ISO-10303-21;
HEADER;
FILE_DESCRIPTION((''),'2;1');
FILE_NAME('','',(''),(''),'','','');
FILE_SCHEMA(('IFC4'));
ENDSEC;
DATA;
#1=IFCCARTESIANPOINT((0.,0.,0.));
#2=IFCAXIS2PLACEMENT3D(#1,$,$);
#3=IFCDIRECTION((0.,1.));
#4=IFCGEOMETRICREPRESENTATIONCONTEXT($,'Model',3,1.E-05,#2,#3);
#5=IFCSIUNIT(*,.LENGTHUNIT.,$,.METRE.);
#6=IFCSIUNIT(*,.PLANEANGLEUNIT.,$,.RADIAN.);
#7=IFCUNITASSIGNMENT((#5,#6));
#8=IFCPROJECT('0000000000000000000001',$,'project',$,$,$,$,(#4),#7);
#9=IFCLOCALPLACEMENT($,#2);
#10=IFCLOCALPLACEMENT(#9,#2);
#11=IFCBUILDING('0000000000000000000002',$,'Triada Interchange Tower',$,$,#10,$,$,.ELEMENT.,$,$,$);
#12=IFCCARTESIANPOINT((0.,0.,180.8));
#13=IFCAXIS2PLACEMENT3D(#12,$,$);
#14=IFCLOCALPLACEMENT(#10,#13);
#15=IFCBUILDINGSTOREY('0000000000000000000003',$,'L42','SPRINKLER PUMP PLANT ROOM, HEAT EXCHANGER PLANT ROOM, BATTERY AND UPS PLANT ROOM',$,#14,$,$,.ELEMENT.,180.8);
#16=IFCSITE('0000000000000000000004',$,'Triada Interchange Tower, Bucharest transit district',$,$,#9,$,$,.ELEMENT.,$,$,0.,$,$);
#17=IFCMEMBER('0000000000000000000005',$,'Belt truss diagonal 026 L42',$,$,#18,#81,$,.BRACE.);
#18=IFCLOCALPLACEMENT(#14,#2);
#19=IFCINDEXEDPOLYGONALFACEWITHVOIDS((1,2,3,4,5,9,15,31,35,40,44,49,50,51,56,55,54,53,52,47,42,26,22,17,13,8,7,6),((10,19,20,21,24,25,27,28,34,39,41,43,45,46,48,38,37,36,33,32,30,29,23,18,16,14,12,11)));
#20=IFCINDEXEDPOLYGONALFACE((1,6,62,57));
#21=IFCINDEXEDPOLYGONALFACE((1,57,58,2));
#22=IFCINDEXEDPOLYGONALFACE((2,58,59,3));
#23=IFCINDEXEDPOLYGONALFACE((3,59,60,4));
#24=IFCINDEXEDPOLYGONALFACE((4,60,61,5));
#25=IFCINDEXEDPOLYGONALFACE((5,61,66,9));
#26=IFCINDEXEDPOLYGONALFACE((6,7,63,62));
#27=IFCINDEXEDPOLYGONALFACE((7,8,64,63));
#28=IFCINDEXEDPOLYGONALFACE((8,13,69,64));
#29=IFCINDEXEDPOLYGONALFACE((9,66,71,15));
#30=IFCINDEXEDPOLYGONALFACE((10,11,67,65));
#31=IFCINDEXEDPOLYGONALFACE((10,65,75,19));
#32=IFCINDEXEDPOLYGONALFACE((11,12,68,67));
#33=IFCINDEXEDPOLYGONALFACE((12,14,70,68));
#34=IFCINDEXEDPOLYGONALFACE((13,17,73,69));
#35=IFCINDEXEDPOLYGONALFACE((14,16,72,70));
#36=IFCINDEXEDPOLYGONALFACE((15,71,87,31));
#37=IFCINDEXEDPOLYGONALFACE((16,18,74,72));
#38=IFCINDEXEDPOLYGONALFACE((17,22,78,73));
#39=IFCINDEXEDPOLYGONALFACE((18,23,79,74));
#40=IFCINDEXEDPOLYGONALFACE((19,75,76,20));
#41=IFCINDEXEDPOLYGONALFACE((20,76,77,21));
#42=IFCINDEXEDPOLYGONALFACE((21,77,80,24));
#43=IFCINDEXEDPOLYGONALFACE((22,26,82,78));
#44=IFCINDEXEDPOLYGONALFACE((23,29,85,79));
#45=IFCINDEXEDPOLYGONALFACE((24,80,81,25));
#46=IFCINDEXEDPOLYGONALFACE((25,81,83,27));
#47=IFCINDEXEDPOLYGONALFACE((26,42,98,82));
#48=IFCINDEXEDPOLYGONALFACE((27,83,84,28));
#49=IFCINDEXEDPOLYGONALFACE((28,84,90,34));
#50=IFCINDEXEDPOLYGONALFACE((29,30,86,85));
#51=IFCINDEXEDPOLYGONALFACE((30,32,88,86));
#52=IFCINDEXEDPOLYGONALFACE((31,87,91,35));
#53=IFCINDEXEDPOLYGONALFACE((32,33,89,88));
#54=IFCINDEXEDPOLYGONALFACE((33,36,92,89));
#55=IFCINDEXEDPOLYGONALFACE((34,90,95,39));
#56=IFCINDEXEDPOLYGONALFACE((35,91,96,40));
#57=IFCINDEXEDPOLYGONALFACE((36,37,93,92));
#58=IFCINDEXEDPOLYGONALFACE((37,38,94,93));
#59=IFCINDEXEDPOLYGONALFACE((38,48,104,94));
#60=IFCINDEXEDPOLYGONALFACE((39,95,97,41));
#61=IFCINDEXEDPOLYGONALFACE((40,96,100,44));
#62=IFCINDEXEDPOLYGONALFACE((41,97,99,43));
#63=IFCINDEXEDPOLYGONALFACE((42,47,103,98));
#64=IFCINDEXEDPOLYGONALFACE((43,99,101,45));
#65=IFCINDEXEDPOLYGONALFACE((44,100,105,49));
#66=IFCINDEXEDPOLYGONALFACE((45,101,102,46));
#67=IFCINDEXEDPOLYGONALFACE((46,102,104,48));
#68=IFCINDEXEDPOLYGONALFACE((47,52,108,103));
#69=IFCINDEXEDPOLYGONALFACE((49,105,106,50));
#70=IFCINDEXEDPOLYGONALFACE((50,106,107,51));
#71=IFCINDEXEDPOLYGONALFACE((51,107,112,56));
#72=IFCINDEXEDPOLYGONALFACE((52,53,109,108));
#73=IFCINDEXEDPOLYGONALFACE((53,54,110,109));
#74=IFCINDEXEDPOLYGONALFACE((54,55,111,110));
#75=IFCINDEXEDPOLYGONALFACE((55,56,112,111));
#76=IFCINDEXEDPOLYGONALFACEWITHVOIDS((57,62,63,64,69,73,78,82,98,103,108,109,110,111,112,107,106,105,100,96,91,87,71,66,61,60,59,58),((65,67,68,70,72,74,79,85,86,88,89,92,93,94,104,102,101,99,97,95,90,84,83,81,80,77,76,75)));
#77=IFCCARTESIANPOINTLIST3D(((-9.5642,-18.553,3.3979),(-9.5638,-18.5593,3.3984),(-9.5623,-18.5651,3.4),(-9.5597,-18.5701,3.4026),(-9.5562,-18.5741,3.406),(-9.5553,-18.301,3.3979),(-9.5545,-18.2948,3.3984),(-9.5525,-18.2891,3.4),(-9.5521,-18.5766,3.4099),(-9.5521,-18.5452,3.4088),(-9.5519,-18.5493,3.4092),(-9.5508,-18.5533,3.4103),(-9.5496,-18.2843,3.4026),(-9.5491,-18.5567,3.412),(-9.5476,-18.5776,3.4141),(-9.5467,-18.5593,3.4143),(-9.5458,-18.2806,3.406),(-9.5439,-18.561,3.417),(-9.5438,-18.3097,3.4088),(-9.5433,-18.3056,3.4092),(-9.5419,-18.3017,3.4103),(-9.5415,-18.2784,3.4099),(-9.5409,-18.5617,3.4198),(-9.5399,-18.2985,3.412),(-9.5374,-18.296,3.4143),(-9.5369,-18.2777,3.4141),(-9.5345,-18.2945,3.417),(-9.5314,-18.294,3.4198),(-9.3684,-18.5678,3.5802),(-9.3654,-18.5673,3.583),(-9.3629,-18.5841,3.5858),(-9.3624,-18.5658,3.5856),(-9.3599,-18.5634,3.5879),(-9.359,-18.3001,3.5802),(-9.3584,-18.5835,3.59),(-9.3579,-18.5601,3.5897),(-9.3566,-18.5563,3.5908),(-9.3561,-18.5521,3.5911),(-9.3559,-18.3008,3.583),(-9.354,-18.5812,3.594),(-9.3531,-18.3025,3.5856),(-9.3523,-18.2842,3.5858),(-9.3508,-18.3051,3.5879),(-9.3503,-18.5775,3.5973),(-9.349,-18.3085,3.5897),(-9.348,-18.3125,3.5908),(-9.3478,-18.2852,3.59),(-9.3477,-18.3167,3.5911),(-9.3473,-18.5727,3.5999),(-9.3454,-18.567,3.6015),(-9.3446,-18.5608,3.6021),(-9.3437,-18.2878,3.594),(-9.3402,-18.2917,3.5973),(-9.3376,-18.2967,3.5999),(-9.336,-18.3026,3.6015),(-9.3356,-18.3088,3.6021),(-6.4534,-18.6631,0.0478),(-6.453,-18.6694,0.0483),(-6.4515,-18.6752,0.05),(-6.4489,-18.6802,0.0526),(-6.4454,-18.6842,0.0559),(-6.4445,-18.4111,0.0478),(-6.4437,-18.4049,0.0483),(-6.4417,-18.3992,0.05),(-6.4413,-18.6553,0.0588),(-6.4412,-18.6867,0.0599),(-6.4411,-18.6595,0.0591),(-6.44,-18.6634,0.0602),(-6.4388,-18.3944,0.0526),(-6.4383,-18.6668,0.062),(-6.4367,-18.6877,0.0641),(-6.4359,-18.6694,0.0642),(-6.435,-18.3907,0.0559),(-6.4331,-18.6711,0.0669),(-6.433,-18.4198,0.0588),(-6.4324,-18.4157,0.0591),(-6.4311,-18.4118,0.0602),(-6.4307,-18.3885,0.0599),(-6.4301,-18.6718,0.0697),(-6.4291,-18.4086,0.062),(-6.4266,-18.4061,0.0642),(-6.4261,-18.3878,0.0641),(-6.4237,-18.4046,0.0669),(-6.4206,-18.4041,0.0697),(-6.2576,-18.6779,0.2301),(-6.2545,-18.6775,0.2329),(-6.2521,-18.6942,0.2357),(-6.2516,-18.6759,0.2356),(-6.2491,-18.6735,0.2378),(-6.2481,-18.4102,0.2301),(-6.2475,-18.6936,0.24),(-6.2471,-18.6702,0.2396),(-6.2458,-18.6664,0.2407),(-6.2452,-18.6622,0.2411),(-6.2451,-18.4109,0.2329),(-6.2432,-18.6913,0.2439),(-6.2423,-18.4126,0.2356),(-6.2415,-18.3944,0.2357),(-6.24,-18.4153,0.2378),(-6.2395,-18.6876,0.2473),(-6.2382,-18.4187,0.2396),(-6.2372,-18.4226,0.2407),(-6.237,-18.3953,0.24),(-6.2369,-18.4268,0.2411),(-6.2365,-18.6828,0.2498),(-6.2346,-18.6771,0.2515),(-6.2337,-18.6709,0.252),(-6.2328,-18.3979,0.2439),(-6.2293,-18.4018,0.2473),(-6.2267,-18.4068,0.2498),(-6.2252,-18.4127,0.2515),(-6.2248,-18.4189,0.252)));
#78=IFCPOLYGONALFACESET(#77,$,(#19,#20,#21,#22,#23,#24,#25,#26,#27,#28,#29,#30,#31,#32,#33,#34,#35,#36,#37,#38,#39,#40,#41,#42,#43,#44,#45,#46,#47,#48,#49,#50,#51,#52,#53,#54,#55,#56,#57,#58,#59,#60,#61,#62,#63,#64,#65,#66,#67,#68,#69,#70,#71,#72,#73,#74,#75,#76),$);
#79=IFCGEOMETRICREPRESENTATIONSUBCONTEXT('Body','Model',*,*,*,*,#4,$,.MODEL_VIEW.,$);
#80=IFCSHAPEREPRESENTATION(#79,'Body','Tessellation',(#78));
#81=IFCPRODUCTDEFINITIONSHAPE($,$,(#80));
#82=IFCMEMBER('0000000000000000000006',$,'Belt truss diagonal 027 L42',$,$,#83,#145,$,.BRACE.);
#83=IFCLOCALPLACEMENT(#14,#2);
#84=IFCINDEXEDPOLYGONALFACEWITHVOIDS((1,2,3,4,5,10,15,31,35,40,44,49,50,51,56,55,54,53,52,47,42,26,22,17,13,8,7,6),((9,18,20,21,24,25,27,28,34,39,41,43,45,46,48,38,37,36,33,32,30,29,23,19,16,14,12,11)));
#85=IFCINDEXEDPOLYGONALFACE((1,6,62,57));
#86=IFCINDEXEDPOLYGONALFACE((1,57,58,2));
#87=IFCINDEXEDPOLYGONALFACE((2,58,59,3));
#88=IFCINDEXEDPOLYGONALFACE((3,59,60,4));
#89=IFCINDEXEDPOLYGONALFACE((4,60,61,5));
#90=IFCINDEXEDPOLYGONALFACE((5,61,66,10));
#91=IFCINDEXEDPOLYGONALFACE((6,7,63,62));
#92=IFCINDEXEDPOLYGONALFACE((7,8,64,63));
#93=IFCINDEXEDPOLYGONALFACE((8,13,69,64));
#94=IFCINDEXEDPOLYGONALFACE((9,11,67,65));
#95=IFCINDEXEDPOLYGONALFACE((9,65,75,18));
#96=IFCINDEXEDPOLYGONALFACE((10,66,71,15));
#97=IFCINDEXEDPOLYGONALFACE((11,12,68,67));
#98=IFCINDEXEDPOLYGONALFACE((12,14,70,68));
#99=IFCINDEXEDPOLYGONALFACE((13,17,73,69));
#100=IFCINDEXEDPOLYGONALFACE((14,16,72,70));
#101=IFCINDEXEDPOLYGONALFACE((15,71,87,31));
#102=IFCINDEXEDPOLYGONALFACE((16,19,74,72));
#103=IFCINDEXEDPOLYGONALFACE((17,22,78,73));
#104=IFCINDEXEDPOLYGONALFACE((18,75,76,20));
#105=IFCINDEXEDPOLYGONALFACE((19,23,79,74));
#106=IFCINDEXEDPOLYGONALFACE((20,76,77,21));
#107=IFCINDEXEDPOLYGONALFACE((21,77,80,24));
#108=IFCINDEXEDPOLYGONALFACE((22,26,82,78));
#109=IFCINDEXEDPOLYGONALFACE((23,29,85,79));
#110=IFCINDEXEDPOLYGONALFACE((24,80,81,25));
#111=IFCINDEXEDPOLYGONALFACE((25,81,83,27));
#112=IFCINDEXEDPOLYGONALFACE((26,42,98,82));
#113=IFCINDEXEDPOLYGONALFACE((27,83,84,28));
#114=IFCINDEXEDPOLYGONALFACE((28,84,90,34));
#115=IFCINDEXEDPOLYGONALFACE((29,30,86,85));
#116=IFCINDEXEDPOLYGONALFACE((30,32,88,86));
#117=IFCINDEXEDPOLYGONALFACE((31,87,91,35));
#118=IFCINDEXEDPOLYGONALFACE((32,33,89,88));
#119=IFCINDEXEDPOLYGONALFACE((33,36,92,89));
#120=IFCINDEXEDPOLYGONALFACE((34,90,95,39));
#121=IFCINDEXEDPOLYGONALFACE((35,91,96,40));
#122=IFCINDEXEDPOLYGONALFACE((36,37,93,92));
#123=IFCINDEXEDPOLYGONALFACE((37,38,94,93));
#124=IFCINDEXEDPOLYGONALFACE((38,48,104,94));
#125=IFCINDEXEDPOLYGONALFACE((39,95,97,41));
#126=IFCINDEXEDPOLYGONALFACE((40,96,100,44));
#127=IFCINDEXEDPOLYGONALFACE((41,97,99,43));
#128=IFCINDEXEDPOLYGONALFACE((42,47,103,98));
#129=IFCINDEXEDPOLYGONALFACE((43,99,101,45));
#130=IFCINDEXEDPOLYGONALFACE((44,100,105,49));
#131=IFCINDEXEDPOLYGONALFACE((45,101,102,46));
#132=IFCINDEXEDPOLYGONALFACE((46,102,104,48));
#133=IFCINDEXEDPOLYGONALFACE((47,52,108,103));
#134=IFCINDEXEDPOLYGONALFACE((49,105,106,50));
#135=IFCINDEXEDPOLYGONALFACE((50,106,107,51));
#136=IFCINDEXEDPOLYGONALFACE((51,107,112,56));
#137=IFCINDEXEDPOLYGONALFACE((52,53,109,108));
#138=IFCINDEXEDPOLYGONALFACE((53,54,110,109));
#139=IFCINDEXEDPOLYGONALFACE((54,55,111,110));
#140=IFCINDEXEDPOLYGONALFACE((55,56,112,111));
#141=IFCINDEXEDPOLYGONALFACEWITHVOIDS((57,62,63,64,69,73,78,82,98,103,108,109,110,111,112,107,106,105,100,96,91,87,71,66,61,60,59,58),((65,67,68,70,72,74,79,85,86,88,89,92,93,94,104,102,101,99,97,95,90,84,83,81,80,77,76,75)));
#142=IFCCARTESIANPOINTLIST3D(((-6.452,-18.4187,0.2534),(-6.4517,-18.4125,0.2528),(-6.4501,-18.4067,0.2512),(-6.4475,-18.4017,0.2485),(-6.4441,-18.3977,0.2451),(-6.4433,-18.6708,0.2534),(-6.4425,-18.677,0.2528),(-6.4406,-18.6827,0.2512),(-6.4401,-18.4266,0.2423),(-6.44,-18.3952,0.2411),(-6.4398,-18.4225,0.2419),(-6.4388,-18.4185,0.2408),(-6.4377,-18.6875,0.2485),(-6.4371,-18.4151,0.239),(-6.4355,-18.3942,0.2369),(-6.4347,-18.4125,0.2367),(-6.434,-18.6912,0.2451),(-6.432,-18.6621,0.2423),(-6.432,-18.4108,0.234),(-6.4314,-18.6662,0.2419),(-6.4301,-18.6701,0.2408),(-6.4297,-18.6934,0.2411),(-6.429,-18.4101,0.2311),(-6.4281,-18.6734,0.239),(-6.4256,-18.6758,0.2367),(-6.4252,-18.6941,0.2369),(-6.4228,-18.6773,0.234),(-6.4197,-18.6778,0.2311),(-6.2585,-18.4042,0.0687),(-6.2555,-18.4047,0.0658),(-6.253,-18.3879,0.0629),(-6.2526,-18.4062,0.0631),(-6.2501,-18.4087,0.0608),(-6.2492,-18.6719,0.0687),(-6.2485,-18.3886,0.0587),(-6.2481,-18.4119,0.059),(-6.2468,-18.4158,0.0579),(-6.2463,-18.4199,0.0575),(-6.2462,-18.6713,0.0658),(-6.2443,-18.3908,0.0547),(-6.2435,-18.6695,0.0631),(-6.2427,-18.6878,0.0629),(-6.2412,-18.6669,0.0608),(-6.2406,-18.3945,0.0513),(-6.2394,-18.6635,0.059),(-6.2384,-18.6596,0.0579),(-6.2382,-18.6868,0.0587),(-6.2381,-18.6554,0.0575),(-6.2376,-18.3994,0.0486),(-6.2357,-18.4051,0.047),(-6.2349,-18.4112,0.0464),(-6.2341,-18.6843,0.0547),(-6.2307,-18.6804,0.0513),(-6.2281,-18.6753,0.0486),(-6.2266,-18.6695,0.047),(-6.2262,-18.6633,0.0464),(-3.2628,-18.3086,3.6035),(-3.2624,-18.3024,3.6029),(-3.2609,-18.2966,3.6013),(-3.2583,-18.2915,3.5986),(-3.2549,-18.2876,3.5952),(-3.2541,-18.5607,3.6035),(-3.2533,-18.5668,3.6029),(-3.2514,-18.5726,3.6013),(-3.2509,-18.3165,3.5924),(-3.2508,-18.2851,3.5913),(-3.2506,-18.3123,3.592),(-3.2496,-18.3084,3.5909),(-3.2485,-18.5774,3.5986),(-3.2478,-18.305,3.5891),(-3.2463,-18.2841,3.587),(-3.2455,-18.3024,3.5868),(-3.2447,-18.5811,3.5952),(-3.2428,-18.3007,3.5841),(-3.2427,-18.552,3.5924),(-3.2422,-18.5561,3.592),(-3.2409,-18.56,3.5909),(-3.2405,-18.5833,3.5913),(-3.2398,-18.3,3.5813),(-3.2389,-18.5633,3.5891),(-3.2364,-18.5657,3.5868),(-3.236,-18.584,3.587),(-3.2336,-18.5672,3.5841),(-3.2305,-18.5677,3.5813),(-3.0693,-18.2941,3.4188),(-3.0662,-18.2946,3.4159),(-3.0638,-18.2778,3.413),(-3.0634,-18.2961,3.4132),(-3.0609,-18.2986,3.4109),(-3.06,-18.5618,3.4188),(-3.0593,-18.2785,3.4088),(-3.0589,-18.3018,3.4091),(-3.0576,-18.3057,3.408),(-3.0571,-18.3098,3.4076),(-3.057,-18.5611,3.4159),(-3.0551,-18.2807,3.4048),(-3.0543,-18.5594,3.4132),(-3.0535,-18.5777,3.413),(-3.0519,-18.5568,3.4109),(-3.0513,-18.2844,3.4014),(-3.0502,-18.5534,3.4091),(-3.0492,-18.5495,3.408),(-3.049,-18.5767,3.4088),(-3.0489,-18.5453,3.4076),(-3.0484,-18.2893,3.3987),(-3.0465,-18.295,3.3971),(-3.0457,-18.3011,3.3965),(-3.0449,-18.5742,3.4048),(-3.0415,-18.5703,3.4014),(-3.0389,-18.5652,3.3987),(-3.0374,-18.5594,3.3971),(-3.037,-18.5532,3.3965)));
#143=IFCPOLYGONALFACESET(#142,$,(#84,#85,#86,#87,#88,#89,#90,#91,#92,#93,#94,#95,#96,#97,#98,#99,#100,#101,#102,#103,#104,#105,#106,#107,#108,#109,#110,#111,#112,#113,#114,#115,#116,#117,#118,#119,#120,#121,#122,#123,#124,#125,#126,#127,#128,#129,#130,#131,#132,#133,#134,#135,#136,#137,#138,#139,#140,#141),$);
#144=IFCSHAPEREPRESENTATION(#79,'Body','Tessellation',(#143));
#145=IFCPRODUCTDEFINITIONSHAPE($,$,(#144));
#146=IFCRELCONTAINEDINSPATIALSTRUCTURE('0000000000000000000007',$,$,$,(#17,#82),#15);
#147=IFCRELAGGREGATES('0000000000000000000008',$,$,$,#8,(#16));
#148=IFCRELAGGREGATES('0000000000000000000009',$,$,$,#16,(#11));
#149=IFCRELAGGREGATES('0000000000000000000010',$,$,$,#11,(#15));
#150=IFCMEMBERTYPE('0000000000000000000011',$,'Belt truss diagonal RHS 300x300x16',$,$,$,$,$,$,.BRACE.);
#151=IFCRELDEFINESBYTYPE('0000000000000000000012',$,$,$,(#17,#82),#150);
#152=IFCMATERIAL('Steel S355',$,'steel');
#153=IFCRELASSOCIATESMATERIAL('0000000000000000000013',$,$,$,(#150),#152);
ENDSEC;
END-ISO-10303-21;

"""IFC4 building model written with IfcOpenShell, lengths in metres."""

from ifc_helpers import new_model, si_unit, direction, frame, origin, origin_2d, place, context, subcontext, project, spatial, hollow_rectangle, extrude, material, material_profile, profile_set, type_object, element, save


model = new_model("IFC4")

# Units and contexts
model_context = context("Model", 3, precision=1e-05, world=origin(), true_north=direction((0.0, 1.0)))
body_context = subcontext(model_context, "Body", "Model", "MODEL_VIEW")
ifc_project = project(units=[si_unit("LENGTHUNIT", "METRE"), si_unit("PLANEANGLEUNIT", "RADIAN")], contexts=[model_context])

# Site, building, storey
site_placement = place(None, origin())
site = spatial("IfcSite", under=ifc_project, at=site_placement, Name="Triada Interchange Tower, Bucharest transit district", CompositionType="ELEMENT", RefElevation=0.0)
building_placement = place(site_placement, origin())
building = spatial("IfcBuilding", under=site, at=building_placement, Name="Triada Interchange Tower", CompositionType="ELEMENT")
storey_placement = place(building_placement, frame((0.0, 0.0, 180.8)))
storey = spatial("IfcBuildingStorey", under=building, at=storey_placement, Name="L42", Description="SPRINKLER PUMP PLANT ROOM, HEAT EXCHANGER PLANT ROOM, BATTERY AND UPS PLANT ROOM", CompositionType="ELEMENT", Elevation=180.8)

# Members
ifc_material_1 = material(Name="Steel S355", Category="steel")
ifc_material_profile_1 = material_profile(ifc_material_1, hollow_rectangle(XDim=0.3, YDim=0.3, WallThickness=0.0161, InnerFilletRadius=0.0161, OuterFilletRadius=0.0239, at=origin_2d()), Name="RHS 300x300x16")
ifc_profile_set_1 = profile_set([ifc_material_profile_1], Name="Steel S355")
member_type = type_object("IfcMemberType", Name="Belt truss diagonal RHS 300x300x16", PredefinedType="BRACE", material=ifc_profile_set_1)
member_1_placement = place(storey_placement, frame((-6.3391, -18.541, 0.1499), z_axis=(-0.680258, 0.024078, 0.732577), x_axis=(-0.035373, -0.999374, 0.0)))
element("IfcMember", 1, at=member_1_placement, inside=storey, type_object=member_type, Name="Belt truss diagonal 026 L42", PredefinedType="BRACE", context=body_context, shape_type="SweptSolid", body=[
    extrude(hollow_rectangle(XDim=0.3, YDim=0.3, WallThickness=0.0161, InnerFilletRadius=0.0161, OuterFilletRadius=0.0239, at=origin_2d()), origin(), (0.0, 0.0, 1.0), 4.573),
])
member_2_placement = place(storey_placement, frame((-6.3391, -18.541, 0.1499), z_axis=(0.689306, 0.023798, 0.72408), x_axis=(-0.034504, 0.999405, 0.0)))
element("IfcMember", 2, at=member_2_placement, inside=storey, type_object=member_type, Name="Belt truss diagonal 027 L42", PredefinedType="BRACE", context=body_context, shape_type="SweptSolid", body=[
    extrude(hollow_rectangle(XDim=0.3, YDim=0.3, WallThickness=0.0161, InnerFilletRadius=0.0161, OuterFilletRadius=0.0239, at=origin_2d()), origin(), (0.0, 0.0, 1.0), 4.6267),
])

save(model, "model.ifc")
